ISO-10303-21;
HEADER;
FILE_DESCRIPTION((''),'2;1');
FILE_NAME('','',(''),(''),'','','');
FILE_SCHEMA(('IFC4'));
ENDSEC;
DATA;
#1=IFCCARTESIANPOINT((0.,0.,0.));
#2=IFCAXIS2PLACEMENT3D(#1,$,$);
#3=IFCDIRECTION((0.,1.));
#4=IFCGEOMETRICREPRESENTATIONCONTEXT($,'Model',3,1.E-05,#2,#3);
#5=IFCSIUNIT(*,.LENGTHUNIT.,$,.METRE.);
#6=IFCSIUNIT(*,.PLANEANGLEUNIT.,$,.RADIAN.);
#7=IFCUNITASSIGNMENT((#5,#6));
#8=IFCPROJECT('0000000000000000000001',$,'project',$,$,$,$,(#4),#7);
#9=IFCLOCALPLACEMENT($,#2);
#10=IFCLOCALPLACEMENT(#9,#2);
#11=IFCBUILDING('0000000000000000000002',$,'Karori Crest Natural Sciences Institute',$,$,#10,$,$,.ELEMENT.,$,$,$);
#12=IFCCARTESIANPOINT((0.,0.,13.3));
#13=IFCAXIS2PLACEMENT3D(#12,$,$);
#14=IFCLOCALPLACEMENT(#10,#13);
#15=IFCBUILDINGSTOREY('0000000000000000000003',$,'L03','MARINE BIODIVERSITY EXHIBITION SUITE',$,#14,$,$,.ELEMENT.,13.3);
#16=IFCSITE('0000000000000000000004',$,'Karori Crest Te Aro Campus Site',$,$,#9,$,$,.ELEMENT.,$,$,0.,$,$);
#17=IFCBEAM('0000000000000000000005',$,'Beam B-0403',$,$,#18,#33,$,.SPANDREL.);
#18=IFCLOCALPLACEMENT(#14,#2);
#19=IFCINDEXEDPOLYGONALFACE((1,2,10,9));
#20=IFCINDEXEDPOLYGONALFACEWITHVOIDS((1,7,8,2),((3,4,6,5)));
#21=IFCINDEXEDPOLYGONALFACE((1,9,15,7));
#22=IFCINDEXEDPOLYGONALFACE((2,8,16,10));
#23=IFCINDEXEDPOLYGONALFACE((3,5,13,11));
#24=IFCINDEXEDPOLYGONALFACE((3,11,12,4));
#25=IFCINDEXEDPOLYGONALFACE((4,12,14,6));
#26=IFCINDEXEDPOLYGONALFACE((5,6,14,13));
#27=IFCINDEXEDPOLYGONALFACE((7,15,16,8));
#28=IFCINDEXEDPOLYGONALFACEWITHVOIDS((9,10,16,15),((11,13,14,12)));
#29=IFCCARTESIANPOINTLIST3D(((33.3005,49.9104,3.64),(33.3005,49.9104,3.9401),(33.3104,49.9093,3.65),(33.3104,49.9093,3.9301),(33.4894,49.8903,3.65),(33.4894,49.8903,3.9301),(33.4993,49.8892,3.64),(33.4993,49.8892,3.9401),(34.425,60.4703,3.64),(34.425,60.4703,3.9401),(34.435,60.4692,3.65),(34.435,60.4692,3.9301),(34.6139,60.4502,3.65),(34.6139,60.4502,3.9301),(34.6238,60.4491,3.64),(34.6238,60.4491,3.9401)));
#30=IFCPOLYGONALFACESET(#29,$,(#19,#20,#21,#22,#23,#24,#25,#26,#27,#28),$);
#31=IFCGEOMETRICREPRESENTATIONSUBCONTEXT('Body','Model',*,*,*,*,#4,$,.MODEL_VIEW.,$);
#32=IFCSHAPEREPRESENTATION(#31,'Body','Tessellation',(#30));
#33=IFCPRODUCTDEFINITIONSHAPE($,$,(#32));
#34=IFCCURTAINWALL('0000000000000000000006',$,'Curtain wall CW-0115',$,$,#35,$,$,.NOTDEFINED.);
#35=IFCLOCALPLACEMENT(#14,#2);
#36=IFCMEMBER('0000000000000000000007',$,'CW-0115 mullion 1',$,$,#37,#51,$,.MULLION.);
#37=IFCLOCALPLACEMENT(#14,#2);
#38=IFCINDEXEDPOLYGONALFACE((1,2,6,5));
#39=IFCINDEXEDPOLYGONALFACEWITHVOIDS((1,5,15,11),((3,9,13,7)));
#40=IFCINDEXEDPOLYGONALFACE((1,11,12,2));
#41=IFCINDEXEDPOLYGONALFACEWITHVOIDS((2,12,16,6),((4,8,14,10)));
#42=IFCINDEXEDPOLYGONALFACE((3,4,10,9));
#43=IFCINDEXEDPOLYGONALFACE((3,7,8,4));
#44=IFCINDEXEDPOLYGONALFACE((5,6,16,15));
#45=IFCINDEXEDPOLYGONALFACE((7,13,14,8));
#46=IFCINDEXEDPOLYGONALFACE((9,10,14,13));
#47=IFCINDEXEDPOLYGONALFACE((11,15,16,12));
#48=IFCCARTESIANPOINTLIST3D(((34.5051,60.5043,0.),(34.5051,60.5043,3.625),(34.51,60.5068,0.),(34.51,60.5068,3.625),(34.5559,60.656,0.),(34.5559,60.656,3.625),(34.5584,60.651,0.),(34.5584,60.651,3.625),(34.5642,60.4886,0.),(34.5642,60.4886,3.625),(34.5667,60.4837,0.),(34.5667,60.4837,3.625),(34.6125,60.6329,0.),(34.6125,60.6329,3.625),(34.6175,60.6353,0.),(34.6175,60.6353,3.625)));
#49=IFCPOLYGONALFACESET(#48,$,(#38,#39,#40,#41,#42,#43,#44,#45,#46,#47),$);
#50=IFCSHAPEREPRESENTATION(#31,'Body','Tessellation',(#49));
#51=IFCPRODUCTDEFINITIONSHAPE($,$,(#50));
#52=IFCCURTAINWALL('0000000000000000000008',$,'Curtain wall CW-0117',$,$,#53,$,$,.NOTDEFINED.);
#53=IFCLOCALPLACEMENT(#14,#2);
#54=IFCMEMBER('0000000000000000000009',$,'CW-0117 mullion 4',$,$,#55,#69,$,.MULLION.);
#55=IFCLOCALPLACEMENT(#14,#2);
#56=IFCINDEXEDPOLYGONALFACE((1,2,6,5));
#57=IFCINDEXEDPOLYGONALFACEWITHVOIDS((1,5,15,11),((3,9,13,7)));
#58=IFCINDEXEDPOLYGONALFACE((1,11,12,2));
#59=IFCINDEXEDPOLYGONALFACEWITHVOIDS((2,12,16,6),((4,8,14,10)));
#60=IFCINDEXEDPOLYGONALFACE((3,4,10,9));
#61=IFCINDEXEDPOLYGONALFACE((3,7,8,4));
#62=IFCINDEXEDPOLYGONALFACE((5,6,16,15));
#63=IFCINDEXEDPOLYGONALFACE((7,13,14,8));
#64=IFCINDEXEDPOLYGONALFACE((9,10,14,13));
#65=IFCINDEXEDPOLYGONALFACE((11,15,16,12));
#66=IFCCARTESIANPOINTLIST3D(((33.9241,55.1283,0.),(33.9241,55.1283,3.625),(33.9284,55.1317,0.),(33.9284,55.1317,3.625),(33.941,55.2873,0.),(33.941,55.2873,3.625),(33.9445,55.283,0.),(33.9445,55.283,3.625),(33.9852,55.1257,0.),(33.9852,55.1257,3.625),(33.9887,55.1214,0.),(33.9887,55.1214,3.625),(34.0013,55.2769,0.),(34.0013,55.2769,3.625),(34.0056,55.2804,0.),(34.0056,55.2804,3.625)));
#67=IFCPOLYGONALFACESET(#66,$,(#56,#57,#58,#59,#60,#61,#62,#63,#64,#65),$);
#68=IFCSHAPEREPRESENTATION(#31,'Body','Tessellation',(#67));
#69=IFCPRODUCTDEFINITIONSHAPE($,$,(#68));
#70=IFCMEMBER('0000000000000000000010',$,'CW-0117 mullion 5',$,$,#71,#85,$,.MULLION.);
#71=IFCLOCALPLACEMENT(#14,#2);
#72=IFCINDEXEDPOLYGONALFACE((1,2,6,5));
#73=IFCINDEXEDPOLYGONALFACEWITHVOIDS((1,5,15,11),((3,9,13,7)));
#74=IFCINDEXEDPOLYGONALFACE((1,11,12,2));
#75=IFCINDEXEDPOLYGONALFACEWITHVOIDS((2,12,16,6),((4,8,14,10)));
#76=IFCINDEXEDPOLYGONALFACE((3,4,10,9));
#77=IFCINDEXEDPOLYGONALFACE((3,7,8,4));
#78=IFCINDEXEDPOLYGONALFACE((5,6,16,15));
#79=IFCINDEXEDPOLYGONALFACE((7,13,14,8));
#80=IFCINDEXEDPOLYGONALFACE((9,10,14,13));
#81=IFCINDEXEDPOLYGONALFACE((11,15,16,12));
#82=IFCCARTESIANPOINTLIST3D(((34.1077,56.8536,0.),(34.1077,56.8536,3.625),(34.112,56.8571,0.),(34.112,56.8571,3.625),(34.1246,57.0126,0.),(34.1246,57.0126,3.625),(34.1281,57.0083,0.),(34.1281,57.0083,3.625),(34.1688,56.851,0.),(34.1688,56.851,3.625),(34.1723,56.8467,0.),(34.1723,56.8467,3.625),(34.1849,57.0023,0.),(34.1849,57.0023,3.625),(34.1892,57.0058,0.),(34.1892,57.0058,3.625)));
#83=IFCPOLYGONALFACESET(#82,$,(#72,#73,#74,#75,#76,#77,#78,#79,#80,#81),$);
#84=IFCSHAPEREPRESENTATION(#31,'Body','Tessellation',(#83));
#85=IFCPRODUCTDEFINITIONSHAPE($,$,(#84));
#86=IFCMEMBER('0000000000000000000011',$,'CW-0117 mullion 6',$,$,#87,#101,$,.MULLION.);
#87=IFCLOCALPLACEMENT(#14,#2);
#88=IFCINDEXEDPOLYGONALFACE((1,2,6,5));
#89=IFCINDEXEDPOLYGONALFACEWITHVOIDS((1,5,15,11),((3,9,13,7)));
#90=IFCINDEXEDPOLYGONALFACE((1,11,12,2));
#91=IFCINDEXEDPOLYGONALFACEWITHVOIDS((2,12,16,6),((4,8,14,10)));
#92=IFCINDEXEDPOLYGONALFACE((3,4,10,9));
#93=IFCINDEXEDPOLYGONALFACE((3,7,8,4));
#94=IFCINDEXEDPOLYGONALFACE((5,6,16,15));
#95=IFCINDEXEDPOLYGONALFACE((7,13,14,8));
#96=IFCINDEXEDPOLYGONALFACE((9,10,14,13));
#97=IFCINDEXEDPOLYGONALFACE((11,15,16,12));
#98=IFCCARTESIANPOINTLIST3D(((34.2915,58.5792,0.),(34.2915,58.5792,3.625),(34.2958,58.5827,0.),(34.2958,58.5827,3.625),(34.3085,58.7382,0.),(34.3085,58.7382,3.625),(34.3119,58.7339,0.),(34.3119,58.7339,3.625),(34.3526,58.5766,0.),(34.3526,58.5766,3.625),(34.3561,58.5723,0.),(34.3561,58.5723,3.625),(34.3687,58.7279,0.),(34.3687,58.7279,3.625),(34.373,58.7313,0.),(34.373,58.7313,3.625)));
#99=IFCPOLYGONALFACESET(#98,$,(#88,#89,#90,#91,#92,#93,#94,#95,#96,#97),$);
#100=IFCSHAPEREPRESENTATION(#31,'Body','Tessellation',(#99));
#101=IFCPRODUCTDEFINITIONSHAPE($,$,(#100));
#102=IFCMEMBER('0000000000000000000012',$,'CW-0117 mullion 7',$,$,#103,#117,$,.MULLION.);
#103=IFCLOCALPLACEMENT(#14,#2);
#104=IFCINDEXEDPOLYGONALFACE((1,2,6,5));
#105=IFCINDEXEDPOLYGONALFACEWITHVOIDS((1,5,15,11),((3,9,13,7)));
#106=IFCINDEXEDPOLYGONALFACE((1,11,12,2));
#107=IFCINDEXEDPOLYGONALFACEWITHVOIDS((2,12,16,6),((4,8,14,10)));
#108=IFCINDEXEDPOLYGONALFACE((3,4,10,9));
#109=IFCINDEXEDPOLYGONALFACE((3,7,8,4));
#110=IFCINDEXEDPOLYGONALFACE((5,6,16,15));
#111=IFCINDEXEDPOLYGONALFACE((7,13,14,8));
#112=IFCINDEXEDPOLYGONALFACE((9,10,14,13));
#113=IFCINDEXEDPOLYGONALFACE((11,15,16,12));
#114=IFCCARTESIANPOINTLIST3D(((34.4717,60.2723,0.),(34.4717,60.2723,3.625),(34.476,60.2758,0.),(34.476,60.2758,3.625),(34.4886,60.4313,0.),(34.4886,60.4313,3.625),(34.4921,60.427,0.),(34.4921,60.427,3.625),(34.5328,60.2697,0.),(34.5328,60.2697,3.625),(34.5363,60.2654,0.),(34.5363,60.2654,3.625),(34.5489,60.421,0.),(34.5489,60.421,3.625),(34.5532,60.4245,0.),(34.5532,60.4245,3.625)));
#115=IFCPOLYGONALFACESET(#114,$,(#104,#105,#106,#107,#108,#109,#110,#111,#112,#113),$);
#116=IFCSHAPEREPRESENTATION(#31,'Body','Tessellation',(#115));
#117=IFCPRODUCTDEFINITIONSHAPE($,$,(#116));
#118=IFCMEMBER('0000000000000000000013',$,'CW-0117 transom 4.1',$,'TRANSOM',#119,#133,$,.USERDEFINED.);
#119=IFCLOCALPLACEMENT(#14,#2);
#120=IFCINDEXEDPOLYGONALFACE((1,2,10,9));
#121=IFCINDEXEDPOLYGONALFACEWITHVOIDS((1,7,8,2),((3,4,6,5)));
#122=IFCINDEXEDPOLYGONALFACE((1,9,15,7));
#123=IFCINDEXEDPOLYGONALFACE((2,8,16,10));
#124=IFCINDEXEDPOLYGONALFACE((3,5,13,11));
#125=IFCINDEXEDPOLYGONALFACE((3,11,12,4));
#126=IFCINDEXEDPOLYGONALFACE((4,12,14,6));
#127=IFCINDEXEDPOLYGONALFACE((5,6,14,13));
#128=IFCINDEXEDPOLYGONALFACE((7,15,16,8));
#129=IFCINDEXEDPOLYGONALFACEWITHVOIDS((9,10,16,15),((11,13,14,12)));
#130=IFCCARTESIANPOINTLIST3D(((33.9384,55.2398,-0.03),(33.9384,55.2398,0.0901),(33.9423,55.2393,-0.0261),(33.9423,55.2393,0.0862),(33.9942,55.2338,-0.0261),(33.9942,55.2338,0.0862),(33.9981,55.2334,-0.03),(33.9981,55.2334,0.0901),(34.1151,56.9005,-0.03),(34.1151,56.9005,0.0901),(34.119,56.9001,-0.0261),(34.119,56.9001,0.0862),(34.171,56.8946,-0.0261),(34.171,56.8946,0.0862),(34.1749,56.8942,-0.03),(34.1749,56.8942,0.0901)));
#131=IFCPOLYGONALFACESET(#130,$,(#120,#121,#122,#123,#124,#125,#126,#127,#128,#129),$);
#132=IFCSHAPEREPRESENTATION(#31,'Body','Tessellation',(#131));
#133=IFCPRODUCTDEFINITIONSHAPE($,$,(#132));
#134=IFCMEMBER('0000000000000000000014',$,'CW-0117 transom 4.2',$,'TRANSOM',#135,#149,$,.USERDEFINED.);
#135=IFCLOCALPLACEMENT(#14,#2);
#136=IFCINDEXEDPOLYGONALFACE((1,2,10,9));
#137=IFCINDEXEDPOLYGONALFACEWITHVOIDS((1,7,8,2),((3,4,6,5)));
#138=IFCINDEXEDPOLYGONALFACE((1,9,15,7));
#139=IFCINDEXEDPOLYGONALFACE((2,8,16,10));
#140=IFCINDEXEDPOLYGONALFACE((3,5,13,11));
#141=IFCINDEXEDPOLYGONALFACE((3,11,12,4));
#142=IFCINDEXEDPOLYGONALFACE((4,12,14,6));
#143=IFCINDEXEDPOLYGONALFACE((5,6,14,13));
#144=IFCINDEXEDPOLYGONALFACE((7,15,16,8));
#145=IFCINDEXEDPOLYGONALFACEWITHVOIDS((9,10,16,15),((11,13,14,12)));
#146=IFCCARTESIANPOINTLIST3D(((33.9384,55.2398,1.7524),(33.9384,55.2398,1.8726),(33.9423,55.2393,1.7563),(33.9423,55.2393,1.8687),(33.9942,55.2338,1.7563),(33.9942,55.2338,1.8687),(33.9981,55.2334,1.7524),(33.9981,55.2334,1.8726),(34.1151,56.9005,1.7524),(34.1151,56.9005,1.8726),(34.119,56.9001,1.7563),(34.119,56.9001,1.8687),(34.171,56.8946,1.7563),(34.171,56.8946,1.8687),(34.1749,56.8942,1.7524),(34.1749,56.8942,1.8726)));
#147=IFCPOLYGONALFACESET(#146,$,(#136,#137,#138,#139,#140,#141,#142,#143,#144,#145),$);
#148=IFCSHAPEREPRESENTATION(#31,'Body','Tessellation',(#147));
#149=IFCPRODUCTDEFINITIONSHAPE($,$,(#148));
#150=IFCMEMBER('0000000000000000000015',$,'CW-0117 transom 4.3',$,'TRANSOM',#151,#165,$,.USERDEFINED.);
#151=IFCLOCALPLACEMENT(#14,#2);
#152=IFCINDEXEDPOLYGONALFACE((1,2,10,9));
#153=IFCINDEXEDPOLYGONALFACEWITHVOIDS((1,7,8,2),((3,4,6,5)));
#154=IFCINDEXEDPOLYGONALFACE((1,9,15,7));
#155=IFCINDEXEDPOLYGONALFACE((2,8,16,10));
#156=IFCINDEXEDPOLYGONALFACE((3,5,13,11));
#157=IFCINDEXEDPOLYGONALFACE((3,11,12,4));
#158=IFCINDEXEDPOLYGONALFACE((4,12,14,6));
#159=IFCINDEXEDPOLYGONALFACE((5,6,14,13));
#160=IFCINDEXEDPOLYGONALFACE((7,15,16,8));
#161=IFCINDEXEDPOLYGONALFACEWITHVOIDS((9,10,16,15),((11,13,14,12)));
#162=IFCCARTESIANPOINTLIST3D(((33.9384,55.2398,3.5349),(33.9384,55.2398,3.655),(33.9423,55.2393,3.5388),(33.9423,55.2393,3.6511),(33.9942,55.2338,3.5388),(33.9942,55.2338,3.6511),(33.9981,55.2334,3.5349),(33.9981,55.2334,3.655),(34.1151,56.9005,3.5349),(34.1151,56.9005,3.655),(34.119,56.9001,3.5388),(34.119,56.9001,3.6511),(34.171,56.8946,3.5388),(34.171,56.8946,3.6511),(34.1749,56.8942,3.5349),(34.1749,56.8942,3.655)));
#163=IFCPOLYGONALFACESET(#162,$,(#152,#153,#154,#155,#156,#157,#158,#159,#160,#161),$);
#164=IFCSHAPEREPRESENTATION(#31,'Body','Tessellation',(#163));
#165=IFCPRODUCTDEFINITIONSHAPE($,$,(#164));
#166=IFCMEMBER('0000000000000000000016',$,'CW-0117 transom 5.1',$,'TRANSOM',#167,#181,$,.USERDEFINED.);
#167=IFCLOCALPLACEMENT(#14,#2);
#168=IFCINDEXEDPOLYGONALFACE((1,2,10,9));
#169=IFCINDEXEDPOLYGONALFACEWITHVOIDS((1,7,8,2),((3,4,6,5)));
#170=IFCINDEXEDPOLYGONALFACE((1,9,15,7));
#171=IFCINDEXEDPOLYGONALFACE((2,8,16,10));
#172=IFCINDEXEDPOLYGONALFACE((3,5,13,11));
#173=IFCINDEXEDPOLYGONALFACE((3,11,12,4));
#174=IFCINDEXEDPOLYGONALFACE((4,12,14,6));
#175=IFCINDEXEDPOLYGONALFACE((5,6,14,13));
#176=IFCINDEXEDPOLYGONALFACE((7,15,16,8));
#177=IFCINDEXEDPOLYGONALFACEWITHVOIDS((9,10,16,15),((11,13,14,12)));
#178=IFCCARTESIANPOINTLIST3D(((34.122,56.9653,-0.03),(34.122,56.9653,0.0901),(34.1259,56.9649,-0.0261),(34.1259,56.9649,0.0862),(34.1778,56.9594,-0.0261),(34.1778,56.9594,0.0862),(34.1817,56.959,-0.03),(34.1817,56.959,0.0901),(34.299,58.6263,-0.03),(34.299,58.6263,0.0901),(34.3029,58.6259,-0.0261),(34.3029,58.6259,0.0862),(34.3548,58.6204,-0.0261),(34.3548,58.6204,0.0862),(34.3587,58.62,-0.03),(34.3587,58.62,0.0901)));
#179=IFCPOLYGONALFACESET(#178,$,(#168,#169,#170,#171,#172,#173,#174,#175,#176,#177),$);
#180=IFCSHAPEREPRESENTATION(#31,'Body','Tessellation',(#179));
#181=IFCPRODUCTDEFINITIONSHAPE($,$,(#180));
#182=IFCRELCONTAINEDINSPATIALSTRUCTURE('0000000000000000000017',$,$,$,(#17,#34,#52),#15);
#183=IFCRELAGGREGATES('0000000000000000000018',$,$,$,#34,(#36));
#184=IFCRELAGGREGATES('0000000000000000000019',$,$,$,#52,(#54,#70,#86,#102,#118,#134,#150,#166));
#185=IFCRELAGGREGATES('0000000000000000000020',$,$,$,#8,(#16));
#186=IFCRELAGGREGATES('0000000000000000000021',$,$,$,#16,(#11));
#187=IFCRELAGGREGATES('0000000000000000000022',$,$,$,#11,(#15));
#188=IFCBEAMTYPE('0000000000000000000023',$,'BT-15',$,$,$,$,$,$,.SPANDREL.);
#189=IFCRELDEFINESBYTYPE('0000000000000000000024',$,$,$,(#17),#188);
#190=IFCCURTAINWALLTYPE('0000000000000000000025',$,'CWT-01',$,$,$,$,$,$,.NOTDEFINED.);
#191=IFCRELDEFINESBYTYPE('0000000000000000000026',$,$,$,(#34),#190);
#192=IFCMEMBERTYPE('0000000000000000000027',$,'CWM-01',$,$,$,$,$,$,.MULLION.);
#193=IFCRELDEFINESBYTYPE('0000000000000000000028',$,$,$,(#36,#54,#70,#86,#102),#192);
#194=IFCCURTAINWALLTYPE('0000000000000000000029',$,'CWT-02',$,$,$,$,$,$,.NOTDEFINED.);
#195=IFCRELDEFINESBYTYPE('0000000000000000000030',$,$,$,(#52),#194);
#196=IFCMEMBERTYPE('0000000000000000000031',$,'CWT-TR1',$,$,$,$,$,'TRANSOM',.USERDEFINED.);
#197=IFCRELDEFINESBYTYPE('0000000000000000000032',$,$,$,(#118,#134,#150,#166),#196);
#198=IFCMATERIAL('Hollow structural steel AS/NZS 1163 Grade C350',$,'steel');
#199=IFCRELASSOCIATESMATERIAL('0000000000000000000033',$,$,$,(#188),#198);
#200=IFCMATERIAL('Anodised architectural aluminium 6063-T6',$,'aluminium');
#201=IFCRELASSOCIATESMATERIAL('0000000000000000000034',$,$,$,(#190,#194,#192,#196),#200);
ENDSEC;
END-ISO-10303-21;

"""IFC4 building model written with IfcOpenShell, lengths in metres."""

from ifc_helpers import new_model, si_unit, direction, frame, origin, origin_2d, place, context, subcontext, project, spatial, hollow_rectangle, extrude, material, material_profile, profile_set, type_object, element, aggregate, save


model = new_model("IFC4")

# Units and contexts
model_context = context("Model", 3, precision=1e-05, world=origin(), true_north=direction((0.0, 1.0)))
body_context = subcontext(model_context, "Body", "Model", "MODEL_VIEW")
ifc_project = project(units=[si_unit("LENGTHUNIT", "METRE"), si_unit("PLANEANGLEUNIT", "RADIAN")], contexts=[model_context])

# Site, building, storey
site_placement = place(None, origin())
site = spatial("IfcSite", under=ifc_project, at=site_placement, Name="Karori Crest Te Aro Campus Site", CompositionType="ELEMENT", RefElevation=0.0)
building_placement = place(site_placement, origin())
building = spatial("IfcBuilding", under=site, at=building_placement, Name="Karori Crest Natural Sciences Institute", CompositionType="ELEMENT")
storey_placement = place(building_placement, frame((0.0, 0.0, 13.3)))
storey = spatial("IfcBuildingStorey", under=building, at=storey_placement, Name="L03", Description="MARINE BIODIVERSITY EXHIBITION SUITE", CompositionType="ELEMENT", Elevation=13.3)

# Shared definitions
ifc_material_1 = material(Name="Hollow structural steel AS/NZS 1163 Grade C350", Category="steel")

# Beam
ifc_material_profile_1 = material_profile(ifc_material_1, hollow_rectangle(XDim=0.2, YDim=0.3, WallThickness=0.01, at=origin_2d()), Name="RHS300x200x10")
ifc_profile_set_1 = profile_set([ifc_material_profile_1], Name="Hollow structural steel AS/NZS 1163 Grade C350")
beam_type_1 = type_object("IfcBeamType", Name="BT-15", PredefinedType="SPANDREL", material=ifc_profile_set_1)
beam_1_placement = place(storey_placement, frame((34.5244, 60.4597, 3.79), z_axis=(-0.105891, -0.994378, 0.0), x_axis=(0.994378, -0.105891, 0.0)))
element("IfcBeam", 1, at=beam_1_placement, inside=storey, type_object=beam_type_1, Name="Beam B-0403", PredefinedType="SPANDREL", context=body_context, shape_type="SweptSolid", body=[
    extrude(hollow_rectangle(XDim=0.2, YDim=0.3, WallThickness=0.01, at=origin_2d()), origin(), (0.0, 0.0, 1.0), 10.6196),
])

# Curtain wall, member
ifc_material_2 = material(Name="Anodised architectural aluminium 6063-T6", Category="aluminium")
curtain_wall_type_1 = type_object("IfcCurtainWallType", Name="CWT-01", PredefinedType="NOTDEFINED", material=ifc_material_2)
curtain_wall_1_placement = place(storey_placement, origin())
curtain_wall_1 = element("IfcCurtainWall", 2, at=curtain_wall_1_placement, inside=storey, type_object=curtain_wall_type_1, Name="Curtain wall CW-0115", PredefinedType="NOTDEFINED")
ifc_material_profile_2 = material_profile(ifc_material_2, hollow_rectangle(XDim=0.0649, YDim=0.1599, WallThickness=0.0039, at=origin_2d()), Name="CWM160x65x4")
ifc_profile_set_2 = profile_set([ifc_material_profile_2], Name="Anodised architectural aluminium 6063-T6")
member_type_1 = type_object("IfcMemberType", Name="CWM-01", PredefinedType="MULLION", material=ifc_profile_set_2)
member_1_placement = place(storey_placement, frame((34.5613, 60.5698, 0.0), z_axis=(0.0, 0.0, 1.0), x_axis=(-0.948198, 0.31768, 0.0)))
member_1 = element("IfcMember", 3, at=member_1_placement, type_object=member_type_1, Name="CW-0115 mullion 1", PredefinedType="MULLION", context=body_context, shape_type="SweptSolid", body=[
    extrude(hollow_rectangle(XDim=0.0649, YDim=0.1599, WallThickness=0.0039, at=origin_2d()), origin(), (0.0, 0.0, 1.0), 3.625),
])

# Curtain wall, members
curtain_wall_type_2 = type_object("IfcCurtainWallType", Name="CWT-02", PredefinedType="NOTDEFINED", material=ifc_material_2)
curtain_wall_2_placement = place(storey_placement, origin())
curtain_wall_2 = element("IfcCurtainWall", 4, at=curtain_wall_2_placement, inside=storey, type_object=curtain_wall_type_2, Name="Curtain wall CW-0117", PredefinedType="NOTDEFINED")
member_2_placement = place(storey_placement, frame((33.9648, 55.2043, 0.0), z_axis=(0.0, 0.0, 1.0), x_axis=(-0.994378, 0.105886, 0.0)))
member_2 = element("IfcMember", 5, at=member_2_placement, type_object=member_type_1, Name="CW-0117 mullion 4", PredefinedType="MULLION", context=body_context, shape_type="SweptSolid", body=[
    extrude(hollow_rectangle(XDim=0.0649, YDim=0.1599, WallThickness=0.0039, at=origin_2d()), origin(), (0.0, 0.0, 1.0), 3.625),
])
member_3_placement = place(storey_placement, frame((34.1484, 56.9297, 0.0), z_axis=(0.0, 0.0, 1.0), x_axis=(-0.994378, 0.105886, 0.0)))
member_3 = element("IfcMember", 6, at=member_3_placement, type_object=member_type_1, Name="CW-0117 mullion 5", PredefinedType="MULLION", context=body_context, shape_type="SweptSolid", body=[
    extrude(hollow_rectangle(XDim=0.0649, YDim=0.1599, WallThickness=0.0039, at=origin_2d()), origin(), (0.0, 0.0, 1.0), 3.625),
])
member_4_placement = place(storey_placement, frame((34.3323, 58.6553, 0.0), z_axis=(0.0, 0.0, 1.0), x_axis=(-0.994378, 0.105886, 0.0)))
member_4 = element("IfcMember", 7, at=member_4_placement, type_object=member_type_1, Name="CW-0117 mullion 6", PredefinedType="MULLION", context=body_context, shape_type="SweptSolid", body=[
    extrude(hollow_rectangle(XDim=0.0649, YDim=0.1599, WallThickness=0.0039, at=origin_2d()), origin(), (0.0, 0.0, 1.0), 3.625),
])
member_5_placement = place(storey_placement, frame((34.5125, 60.3484, 0.0), z_axis=(0.0, 0.0, 1.0), x_axis=(-0.994378, 0.105886, 0.0)))
member_5 = element("IfcMember", 8, at=member_5_placement, type_object=member_type_1, Name="CW-0117 mullion 7", PredefinedType="MULLION", context=body_context, shape_type="SweptSolid", body=[
    extrude(hollow_rectangle(XDim=0.0649, YDim=0.1599, WallThickness=0.0039, at=origin_2d()), origin(), (0.0, 0.0, 1.0), 3.625),
])
ifc_material_profile_3 = material_profile(ifc_material_2, hollow_rectangle(XDim=0.0601, YDim=0.1201, WallThickness=0.0039, at=origin_2d()), Name="CWT120x60x4")
ifc_profile_set_3 = profile_set([ifc_material_profile_3], Name="Anodised architectural aluminium 6063-T6")
member_type_2 = type_object("IfcMemberType", Name="CWT-TR1", ElementType="TRANSOM", PredefinedType="USERDEFINED", material=ifc_profile_set_3)
member_6_placement = place(storey_placement, frame((33.9683, 55.2366, 0.03), z_axis=(0.105826, 0.994385, 0.0), x_axis=(-0.994385, 0.105826, 0.0)))
member_6 = element("IfcMember", 9, at=member_6_placement, type_object=member_type_2, Name="CW-0117 transom 4.1", ObjectType="TRANSOM", PredefinedType="USERDEFINED", context=body_context, shape_type="SweptSolid", body=[
    extrude(hollow_rectangle(XDim=0.0601, YDim=0.1201, WallThickness=0.0039, at=origin_2d()), origin(), (0.0, 0.0, 1.0), 1.6702),
])
member_7_placement = place(storey_placement, frame((33.9683, 55.2366, 1.8125), z_axis=(0.105826, 0.994385, 0.0), x_axis=(-0.994385, 0.105826, 0.0)))
member_7 = element("IfcMember", 10, at=member_7_placement, type_object=member_type_2, Name="CW-0117 transom 4.2", ObjectType="TRANSOM", PredefinedType="USERDEFINED", context=body_context, shape_type="SweptSolid", body=[
    extrude(hollow_rectangle(XDim=0.0601, YDim=0.1201, WallThickness=0.0039, at=origin_2d()), origin(), (0.0, 0.0, 1.0), 1.6702),
])
member_8_placement = place(storey_placement, frame((33.9683, 55.2366, 3.595), z_axis=(0.105826, 0.994385, 0.0), x_axis=(-0.994385, 0.105826, 0.0)))
member_8 = element("IfcMember", 11, at=member_8_placement, type_object=member_type_2, Name="CW-0117 transom 4.3", ObjectType="TRANSOM", PredefinedType="USERDEFINED", context=body_context, shape_type="SweptSolid", body=[
    extrude(hollow_rectangle(XDim=0.0601, YDim=0.1201, WallThickness=0.0039, at=origin_2d()), origin(), (0.0, 0.0, 1.0), 1.6702),
])
member_9_placement = place(storey_placement, frame((34.1519, 56.9622, 0.03), z_axis=(0.105971, 0.994369, 0.0), x_axis=(-0.994369, 0.105971, 0.0)))
member_9 = element("IfcMember", 12, at=member_9_placement, type_object=member_type_2, Name="CW-0117 transom 5.1", ObjectType="TRANSOM", PredefinedType="USERDEFINED", context=body_context, shape_type="SweptSolid", body=[
    extrude(hollow_rectangle(XDim=0.0601, YDim=0.1201, WallThickness=0.0039, at=origin_2d()), origin(), (0.0, 0.0, 1.0), 1.6704),
])

aggregate(curtain_wall_1, [member_1])
aggregate(curtain_wall_2, [member_2, member_3, member_4, member_5, member_6, member_7, member_8, member_9])

save(model, "model.ifc")
